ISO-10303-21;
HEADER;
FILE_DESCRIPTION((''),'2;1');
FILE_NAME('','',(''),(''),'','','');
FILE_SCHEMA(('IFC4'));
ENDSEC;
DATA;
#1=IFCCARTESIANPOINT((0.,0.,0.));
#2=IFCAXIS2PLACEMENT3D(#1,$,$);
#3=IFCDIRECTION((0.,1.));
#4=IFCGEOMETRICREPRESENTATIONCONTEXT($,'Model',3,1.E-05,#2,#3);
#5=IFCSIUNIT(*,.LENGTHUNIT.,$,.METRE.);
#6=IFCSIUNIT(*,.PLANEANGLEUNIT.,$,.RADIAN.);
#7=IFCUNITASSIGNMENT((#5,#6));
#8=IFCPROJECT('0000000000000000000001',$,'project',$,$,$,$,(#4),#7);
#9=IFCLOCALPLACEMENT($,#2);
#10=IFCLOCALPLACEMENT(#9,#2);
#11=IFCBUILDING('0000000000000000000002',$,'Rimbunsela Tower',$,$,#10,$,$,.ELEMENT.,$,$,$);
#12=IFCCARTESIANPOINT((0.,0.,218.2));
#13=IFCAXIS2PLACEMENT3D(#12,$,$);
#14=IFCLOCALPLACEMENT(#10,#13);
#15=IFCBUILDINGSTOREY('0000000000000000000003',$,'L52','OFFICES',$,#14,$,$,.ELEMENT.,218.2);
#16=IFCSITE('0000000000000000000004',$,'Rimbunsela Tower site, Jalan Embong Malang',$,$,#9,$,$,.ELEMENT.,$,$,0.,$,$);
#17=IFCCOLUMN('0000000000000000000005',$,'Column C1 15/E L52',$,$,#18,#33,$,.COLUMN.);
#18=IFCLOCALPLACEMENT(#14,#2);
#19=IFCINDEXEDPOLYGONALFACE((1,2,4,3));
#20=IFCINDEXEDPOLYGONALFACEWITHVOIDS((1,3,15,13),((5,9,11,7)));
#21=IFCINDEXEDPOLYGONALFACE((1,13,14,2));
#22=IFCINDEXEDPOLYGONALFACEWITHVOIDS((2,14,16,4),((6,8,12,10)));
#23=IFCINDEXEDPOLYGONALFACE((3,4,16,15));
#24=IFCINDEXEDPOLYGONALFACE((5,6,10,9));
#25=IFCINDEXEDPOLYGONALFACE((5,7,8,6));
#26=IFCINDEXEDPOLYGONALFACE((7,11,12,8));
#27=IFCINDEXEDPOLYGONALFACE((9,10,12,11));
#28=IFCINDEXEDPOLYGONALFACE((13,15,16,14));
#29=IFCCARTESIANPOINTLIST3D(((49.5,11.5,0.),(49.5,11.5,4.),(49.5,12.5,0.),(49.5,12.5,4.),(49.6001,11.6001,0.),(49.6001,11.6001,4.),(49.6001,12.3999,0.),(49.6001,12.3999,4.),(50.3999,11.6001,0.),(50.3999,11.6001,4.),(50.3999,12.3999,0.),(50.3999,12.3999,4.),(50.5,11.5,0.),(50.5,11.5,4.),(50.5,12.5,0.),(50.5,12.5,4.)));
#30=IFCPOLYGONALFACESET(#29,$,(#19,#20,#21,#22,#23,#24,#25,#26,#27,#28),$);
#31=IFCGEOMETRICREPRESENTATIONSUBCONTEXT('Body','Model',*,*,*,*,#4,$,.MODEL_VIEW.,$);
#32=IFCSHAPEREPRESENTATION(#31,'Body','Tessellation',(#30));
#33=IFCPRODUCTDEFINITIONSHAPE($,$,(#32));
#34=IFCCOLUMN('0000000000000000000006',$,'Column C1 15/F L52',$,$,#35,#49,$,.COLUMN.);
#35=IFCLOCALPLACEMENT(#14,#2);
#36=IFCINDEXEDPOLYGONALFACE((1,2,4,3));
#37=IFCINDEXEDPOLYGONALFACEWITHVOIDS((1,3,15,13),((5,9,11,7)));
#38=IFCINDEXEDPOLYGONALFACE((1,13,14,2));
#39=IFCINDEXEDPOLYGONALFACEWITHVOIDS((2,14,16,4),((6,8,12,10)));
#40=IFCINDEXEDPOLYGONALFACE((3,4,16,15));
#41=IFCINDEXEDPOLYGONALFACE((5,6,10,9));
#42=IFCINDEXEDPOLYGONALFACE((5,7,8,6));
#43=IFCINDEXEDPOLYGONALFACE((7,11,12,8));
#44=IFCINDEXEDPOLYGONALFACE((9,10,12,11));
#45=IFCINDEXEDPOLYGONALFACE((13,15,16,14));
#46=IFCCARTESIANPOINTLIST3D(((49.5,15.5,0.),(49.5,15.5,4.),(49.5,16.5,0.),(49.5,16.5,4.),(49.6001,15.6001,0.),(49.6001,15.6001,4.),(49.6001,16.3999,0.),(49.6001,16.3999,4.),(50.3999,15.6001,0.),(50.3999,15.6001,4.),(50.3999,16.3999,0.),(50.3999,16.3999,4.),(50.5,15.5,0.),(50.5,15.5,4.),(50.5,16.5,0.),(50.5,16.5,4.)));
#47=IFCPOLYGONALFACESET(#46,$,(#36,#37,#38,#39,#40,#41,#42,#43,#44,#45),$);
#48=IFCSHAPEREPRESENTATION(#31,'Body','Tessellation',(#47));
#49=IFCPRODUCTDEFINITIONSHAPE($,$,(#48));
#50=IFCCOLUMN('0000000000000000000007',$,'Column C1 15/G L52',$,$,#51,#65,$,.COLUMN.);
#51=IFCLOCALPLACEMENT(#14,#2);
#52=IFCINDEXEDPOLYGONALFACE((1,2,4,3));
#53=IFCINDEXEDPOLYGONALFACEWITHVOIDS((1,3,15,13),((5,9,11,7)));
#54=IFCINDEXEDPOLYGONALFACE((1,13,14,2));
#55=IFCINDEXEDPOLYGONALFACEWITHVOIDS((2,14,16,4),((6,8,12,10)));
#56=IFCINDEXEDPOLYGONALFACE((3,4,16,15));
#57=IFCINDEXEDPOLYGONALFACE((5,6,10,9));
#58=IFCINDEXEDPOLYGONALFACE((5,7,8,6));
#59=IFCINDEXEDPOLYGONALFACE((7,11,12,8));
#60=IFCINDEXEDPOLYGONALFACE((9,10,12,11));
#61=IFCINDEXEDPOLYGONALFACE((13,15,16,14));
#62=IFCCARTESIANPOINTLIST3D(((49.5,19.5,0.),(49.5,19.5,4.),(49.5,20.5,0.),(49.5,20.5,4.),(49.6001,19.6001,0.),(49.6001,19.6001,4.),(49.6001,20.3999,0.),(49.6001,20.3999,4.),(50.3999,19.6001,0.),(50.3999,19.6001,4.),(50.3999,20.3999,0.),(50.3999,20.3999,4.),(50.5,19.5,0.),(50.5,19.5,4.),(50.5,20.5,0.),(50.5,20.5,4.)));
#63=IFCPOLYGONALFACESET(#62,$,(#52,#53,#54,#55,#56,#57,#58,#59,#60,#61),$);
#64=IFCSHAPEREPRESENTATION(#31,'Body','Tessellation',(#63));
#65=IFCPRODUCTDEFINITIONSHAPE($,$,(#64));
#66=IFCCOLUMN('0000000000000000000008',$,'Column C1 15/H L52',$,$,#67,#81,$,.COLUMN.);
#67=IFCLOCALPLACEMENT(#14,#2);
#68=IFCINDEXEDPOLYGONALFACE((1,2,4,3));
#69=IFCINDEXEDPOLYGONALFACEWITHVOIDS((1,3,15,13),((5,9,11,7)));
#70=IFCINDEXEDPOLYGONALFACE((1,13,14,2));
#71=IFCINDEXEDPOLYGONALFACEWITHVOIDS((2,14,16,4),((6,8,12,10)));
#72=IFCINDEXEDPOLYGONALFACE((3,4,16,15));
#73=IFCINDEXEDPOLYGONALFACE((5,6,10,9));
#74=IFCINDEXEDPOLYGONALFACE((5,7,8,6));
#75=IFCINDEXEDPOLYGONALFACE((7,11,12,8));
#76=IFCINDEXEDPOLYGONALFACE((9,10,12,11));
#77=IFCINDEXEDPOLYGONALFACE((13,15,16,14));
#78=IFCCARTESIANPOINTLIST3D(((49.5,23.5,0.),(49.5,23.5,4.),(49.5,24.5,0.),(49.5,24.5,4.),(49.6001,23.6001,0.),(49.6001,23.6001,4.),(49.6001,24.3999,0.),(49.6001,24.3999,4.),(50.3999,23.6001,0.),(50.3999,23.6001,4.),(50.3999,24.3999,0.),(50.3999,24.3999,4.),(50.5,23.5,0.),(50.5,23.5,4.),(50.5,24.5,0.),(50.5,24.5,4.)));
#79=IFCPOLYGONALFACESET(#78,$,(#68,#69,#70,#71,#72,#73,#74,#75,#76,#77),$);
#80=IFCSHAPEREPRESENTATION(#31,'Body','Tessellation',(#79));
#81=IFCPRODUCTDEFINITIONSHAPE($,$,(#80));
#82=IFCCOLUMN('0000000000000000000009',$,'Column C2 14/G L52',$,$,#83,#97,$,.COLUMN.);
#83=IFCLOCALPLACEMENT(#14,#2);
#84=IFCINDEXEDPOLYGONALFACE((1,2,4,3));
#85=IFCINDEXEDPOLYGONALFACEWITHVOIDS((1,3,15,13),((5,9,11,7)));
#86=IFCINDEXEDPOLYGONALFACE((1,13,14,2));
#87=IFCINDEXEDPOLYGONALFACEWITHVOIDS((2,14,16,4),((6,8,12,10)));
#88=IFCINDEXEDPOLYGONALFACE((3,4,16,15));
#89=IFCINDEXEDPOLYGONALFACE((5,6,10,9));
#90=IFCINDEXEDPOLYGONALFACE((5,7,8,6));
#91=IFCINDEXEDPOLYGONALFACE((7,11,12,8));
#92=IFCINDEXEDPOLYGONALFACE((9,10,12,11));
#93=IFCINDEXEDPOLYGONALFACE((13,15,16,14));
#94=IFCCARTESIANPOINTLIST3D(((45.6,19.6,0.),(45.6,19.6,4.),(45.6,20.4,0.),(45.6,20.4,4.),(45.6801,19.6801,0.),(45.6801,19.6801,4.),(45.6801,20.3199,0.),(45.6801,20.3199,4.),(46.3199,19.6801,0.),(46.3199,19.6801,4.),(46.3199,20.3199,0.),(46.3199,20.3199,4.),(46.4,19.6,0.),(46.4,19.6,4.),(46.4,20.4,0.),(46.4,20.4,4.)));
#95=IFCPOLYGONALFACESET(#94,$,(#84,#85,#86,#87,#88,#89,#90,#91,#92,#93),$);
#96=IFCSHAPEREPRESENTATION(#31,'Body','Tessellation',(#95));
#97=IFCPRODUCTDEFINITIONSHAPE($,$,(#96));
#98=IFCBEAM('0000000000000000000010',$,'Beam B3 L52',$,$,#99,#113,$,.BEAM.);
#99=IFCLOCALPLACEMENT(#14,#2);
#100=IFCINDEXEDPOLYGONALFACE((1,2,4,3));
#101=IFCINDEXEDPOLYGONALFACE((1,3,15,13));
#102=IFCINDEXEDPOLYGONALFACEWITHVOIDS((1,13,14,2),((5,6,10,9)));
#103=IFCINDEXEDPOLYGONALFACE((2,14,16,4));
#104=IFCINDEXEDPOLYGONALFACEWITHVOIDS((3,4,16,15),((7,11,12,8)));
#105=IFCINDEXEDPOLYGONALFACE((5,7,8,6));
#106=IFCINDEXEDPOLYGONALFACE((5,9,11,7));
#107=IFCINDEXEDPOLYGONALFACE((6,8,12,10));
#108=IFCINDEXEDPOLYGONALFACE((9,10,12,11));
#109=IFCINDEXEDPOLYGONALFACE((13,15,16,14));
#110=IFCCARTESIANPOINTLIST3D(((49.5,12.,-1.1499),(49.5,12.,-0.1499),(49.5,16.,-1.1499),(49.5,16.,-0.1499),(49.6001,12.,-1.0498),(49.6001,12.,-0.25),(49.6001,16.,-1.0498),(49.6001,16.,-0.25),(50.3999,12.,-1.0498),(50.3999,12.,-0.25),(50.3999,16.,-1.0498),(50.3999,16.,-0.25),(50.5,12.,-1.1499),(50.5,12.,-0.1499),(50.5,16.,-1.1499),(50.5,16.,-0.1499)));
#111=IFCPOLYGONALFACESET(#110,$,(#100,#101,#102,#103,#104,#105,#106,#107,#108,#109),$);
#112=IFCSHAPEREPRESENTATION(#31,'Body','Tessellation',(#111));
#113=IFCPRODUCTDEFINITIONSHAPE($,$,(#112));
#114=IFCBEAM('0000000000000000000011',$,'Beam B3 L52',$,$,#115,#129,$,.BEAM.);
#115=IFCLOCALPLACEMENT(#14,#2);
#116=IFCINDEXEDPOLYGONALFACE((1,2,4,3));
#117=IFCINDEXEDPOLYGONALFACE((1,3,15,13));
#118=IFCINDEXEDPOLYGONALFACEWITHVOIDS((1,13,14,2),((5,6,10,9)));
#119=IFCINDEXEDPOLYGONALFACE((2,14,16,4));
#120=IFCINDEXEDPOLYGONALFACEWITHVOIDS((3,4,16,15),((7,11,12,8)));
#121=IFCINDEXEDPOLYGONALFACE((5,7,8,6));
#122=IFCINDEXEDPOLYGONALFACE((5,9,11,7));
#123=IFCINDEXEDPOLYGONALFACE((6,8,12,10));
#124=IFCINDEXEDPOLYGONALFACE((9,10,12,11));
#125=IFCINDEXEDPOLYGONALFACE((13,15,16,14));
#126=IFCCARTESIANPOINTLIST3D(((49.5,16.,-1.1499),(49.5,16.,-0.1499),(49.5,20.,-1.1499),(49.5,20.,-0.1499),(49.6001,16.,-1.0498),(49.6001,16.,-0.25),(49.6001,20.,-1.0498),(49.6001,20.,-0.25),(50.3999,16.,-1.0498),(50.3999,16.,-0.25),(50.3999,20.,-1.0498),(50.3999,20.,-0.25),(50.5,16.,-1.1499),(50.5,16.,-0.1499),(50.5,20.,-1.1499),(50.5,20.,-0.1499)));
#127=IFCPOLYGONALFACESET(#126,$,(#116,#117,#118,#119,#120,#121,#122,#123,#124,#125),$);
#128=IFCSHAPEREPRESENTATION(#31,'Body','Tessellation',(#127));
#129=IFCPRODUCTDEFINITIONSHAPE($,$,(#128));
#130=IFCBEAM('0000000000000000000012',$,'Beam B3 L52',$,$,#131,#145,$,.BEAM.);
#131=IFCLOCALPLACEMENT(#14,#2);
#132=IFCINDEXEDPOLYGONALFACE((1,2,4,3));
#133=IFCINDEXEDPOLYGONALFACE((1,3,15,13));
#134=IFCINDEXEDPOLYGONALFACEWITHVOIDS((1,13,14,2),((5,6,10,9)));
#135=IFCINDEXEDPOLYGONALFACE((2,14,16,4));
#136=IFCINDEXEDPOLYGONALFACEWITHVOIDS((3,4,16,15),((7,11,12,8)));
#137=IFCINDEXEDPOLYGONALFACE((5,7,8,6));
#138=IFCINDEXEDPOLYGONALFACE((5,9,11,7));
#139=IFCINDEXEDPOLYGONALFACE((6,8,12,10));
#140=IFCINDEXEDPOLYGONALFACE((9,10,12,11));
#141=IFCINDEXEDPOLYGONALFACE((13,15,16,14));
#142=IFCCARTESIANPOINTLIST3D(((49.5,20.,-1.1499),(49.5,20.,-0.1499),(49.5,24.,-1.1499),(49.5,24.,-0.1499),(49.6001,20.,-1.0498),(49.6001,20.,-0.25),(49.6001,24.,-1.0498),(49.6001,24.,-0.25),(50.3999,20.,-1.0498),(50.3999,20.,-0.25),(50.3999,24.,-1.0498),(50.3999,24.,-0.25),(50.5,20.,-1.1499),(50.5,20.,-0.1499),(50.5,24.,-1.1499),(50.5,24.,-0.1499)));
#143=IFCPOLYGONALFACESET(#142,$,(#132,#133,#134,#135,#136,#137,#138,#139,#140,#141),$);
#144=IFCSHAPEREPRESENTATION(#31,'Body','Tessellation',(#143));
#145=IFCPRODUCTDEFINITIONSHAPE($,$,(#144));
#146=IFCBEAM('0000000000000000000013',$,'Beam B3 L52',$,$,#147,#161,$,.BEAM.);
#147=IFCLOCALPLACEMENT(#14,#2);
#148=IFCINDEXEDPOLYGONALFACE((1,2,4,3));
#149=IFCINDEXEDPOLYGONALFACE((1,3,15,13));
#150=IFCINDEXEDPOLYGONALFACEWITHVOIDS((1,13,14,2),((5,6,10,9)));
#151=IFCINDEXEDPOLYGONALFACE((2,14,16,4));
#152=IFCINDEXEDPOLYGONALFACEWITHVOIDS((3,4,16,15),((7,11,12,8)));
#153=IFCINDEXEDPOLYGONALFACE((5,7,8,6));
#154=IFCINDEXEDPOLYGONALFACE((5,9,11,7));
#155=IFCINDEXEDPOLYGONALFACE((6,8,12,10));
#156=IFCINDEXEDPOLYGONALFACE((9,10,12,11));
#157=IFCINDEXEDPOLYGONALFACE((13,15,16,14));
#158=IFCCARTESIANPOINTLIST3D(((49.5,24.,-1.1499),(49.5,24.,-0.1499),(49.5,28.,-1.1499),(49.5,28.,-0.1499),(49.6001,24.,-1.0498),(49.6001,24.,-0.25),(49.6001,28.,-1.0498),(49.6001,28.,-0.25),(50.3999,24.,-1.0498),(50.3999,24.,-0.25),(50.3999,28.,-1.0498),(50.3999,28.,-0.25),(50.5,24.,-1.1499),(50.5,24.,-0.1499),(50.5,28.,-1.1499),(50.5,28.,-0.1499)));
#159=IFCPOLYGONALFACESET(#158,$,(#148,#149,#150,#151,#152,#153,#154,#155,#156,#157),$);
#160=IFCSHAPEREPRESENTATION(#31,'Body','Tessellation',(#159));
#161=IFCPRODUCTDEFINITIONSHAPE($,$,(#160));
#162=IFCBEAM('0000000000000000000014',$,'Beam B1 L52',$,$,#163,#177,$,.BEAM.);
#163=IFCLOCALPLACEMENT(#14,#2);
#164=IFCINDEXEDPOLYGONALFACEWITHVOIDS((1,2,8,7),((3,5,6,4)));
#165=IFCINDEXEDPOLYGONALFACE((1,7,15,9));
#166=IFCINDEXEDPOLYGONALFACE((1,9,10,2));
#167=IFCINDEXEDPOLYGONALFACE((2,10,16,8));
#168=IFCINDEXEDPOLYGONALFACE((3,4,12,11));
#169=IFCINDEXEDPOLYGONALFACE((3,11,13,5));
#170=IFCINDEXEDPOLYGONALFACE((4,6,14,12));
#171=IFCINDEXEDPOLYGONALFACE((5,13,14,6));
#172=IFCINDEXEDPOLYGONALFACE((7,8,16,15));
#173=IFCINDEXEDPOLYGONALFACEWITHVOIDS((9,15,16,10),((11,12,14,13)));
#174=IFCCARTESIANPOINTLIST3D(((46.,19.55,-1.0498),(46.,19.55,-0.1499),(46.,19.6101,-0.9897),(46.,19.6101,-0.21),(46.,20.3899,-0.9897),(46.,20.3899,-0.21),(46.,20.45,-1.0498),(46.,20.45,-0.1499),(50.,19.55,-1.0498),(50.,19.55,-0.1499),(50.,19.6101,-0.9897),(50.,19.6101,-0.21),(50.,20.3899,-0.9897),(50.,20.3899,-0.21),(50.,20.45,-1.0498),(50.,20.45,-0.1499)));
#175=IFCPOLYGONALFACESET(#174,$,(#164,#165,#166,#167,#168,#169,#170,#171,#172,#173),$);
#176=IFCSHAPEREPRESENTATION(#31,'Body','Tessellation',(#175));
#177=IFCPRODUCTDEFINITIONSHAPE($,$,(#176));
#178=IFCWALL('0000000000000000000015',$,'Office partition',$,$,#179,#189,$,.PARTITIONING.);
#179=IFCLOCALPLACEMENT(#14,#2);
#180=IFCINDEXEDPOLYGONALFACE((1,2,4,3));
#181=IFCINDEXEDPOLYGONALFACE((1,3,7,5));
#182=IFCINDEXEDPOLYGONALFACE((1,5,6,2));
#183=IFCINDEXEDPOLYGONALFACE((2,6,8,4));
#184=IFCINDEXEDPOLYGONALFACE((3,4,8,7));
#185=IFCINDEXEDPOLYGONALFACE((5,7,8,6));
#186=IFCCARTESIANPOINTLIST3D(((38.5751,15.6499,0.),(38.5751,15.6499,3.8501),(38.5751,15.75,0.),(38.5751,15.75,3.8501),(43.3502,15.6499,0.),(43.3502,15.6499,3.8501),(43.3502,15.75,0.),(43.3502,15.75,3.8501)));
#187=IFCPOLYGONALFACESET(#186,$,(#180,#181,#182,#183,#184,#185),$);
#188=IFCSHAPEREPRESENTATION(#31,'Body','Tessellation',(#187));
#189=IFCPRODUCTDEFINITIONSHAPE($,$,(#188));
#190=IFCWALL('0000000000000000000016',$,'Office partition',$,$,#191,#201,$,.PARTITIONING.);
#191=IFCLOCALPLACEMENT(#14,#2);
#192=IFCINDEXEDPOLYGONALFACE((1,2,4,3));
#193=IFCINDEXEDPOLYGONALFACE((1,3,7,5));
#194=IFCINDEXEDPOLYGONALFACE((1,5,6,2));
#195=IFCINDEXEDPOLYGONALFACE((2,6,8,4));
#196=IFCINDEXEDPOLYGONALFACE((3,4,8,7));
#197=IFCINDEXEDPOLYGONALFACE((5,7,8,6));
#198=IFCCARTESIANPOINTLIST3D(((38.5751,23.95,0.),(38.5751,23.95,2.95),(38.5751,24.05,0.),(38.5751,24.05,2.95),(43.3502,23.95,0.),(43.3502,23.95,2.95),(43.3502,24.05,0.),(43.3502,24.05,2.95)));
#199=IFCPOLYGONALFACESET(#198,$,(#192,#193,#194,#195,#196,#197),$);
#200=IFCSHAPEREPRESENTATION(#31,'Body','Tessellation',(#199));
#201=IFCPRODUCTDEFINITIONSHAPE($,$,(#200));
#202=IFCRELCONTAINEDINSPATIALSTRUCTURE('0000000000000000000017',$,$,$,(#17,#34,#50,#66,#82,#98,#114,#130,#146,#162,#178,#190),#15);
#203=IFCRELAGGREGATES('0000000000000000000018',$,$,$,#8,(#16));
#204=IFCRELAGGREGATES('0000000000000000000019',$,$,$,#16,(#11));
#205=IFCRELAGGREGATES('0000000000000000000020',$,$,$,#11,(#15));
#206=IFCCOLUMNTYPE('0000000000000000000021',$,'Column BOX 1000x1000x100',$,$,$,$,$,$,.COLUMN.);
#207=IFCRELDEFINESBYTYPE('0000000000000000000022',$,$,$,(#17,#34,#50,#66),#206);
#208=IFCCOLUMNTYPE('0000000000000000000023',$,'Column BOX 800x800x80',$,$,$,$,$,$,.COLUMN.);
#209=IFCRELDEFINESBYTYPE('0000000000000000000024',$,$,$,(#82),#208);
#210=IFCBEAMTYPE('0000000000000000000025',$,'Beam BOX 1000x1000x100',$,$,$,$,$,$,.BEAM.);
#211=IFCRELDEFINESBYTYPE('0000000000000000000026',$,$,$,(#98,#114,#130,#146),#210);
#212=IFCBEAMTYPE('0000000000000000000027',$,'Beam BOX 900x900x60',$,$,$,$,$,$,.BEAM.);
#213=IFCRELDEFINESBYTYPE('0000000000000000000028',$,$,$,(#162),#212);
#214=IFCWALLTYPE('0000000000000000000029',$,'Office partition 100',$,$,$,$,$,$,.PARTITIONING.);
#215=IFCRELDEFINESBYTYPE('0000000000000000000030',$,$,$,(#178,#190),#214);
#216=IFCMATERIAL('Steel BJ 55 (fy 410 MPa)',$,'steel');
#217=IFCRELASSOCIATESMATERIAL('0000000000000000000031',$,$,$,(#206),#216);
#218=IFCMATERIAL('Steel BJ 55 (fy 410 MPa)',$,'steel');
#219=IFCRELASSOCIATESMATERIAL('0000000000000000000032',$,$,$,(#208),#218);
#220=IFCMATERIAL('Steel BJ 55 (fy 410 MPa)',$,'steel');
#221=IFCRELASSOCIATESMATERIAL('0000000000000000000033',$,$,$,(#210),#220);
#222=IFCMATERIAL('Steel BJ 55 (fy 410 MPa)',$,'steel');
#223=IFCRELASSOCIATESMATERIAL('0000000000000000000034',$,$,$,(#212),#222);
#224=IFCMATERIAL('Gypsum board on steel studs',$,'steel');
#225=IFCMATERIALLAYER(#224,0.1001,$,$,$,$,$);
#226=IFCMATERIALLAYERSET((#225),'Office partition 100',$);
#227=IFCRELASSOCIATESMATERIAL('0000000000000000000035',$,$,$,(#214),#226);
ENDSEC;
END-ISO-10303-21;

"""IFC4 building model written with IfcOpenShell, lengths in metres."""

from ifc_helpers import new_model, si_unit, direction, frame, frame_2d, origin, origin_2d, place, context, subcontext, project, spatial, rectangle, hollow_rectangle, extrude, material, layer, layer_set, material_profile, profile_set, type_object, element, save


model = new_model("IFC4")

# Units and contexts
model_context = context("Model", 3, precision=1e-05, world=origin(), true_north=direction((0.0, 1.0)))
body_context = subcontext(model_context, "Body", "Model", "MODEL_VIEW")
ifc_project = project(units=[si_unit("LENGTHUNIT", "METRE"), si_unit("PLANEANGLEUNIT", "RADIAN")], contexts=[model_context])

# Site, building, storey
site_placement = place(None, origin())
site = spatial("IfcSite", under=ifc_project, at=site_placement, Name="Rimbunsela Tower site, Jalan Embong Malang", CompositionType="ELEMENT", RefElevation=0.0)
building_placement = place(site_placement, origin())
building = spatial("IfcBuilding", under=site, at=building_placement, Name="Rimbunsela Tower", CompositionType="ELEMENT")
storey_placement = place(building_placement, frame((0.0, 0.0, 218.2)))
storey = spatial("IfcBuildingStorey", under=building, at=storey_placement, Name="L52", Description="OFFICES", CompositionType="ELEMENT", Elevation=218.2)

# Columns
ifc_material_1 = material(Name="Steel BJ 55 (fy 410 MPa)", Category="steel")
ifc_material_profile_1 = material_profile(ifc_material_1, hollow_rectangle(XDim=1.0, YDim=1.0, WallThickness=0.1001, at=origin_2d()), Name="BOX 1000x1000x100")
ifc_profile_set_1 = profile_set([ifc_material_profile_1], Name="Steel BJ 55 (fy 410 MPa)")
column_type_1 = type_object("IfcColumnType", Name="Column BOX 1000x1000x100", PredefinedType="COLUMN", material=ifc_profile_set_1)
for number, where, z_axis, x_axis, name in (
    (1, (50.0, 12.0, 0.0), (0.0, 0.0, 1.0), (1.0, 0.0, 0.0), "Column C1 15/E L52"),
    (2, (50.0, 16.0, 0.0), (0.0, 0.0, 1.0), (1.0, 0.0, 0.0), "Column C1 15/F L52"),
    (3, (50.0, 20.0, 0.0), (0.0, 0.0, 1.0), (1.0, 0.0, 0.0), "Column C1 15/G L52"),
    (4, (50.0, 24.0, 0.0), (0.0, 0.0, 1.0), (1.0, 0.0, 0.0), "Column C1 15/H L52"),
):
    element("IfcColumn", number, at=place(storey_placement, frame(where, z_axis=z_axis, x_axis=x_axis)), inside=storey, type_object=column_type_1, Name=name, PredefinedType="COLUMN", context=body_context, shape_type="SweptSolid", body=[
        extrude(hollow_rectangle(XDim=1.0, YDim=1.0, WallThickness=0.1001, at=origin_2d()), origin(), (0.0, 0.0, 1.0), 4.0),
    ])
ifc_material_2 = material(Name="Steel BJ 55 (fy 410 MPa)", Category="steel")
ifc_material_profile_2 = material_profile(ifc_material_2, hollow_rectangle(XDim=0.8, YDim=0.8, WallThickness=0.0801, at=origin_2d()), Name="BOX 800x800x80")
ifc_profile_set_2 = profile_set([ifc_material_profile_2], Name="Steel BJ 55 (fy 410 MPa)")
column_type_2 = type_object("IfcColumnType", Name="Column BOX 800x800x80", PredefinedType="COLUMN", material=ifc_profile_set_2)
column_placement = place(storey_placement, frame((46.0, 20.0, 0.0), z_axis=(0.0, 0.0, 1.0), x_axis=(1.0, 0.0, 0.0)))
element("IfcColumn", 5, at=column_placement, inside=storey, type_object=column_type_2, Name="Column C2 14/G L52", PredefinedType="COLUMN", context=body_context, shape_type="SweptSolid", body=[
    extrude(hollow_rectangle(XDim=0.8, YDim=0.8, WallThickness=0.0801, at=origin_2d()), origin(), (0.0, 0.0, 1.0), 4.0),
])

# Beams
ifc_material_3 = material(Name="Steel BJ 55 (fy 410 MPa)", Category="steel")
ifc_material_profile_3 = material_profile(ifc_material_3, hollow_rectangle(XDim=1.0, YDim=1.0, WallThickness=0.1001, at=origin_2d()), Name="BOX 1000x1000x100")
ifc_profile_set_3 = profile_set([ifc_material_profile_3], Name="Steel BJ 55 (fy 410 MPa)")
beam_type_1 = type_object("IfcBeamType", Name="Beam BOX 1000x1000x100", PredefinedType="BEAM", material=ifc_profile_set_3)
for number, where, z_axis, x_axis, name in (
    (6, (50.0, 12.0, -0.6499), (0.0, 1.0, 0.0), (-1.0, 0.0, 0.0), "Beam B3 L52"),
    (7, (50.0, 16.0, -0.6499), (0.0, 1.0, 0.0), (-1.0, 0.0, 0.0), "Beam B3 L52"),
    (8, (50.0, 20.0, -0.6499), (0.0, 1.0, 0.0), (-1.0, 0.0, 0.0), "Beam B3 L52"),
    (9, (50.0, 24.0, -0.6499), (0.0, 1.0, 0.0), (-1.0, 0.0, 0.0), "Beam B3 L52"),
):
    element("IfcBeam", number, at=place(storey_placement, frame(where, z_axis=z_axis, x_axis=x_axis)), inside=storey, type_object=beam_type_1, Name=name, PredefinedType="BEAM", context=body_context, shape_type="SweptSolid", body=[
        extrude(hollow_rectangle(XDim=1.0, YDim=1.0, WallThickness=0.1001, at=origin_2d()), origin(), (0.0, 0.0, 1.0), 4.0),
    ])
ifc_material_4 = material(Name="Steel BJ 55 (fy 410 MPa)", Category="steel")
ifc_material_profile_4 = material_profile(ifc_material_4, hollow_rectangle(XDim=0.8999, YDim=0.8999, WallThickness=0.0601, at=origin_2d()), Name="BOX 900x900x60")
ifc_profile_set_4 = profile_set([ifc_material_profile_4], Name="Steel BJ 55 (fy 410 MPa)")
beam_type_2 = type_object("IfcBeamType", Name="Beam BOX 900x900x60", PredefinedType="BEAM", material=ifc_profile_set_4)
beam_placement = place(storey_placement, frame((46.0, 20.0, -0.5999), z_axis=(1.0, 0.0, 0.0), x_axis=(0.0, 1.0, 0.0)))
element("IfcBeam", 10, at=beam_placement, inside=storey, type_object=beam_type_2, Name="Beam B1 L52", PredefinedType="BEAM", context=body_context, shape_type="SweptSolid", body=[
    extrude(hollow_rectangle(XDim=0.8999, YDim=0.8999, WallThickness=0.0601, at=origin_2d()), origin(), (0.0, 0.0, 1.0), 4.0),
])

# Walls
ifc_material_5 = material(Name="Gypsum board on steel studs", Category="steel")
ifc_layer_1 = layer(ifc_material_5, 0.1001)
ifc_layer_set_1 = layer_set([ifc_layer_1], Name="Office partition 100")
wall_type_1 = type_object("IfcWallType", Name="Office partition 100", PredefinedType="PARTITIONING", material=ifc_layer_set_1)
wall_1_placement = place(storey_placement, frame((38.575, 15.7, 0.0), z_axis=(0.0, 0.0, 1.0), x_axis=(1.0, 0.0, 0.0)))
element("IfcWall", 11, at=wall_1_placement, inside=storey, type_object=wall_type_1, Name="Office partition", PredefinedType="PARTITIONING", context=body_context, shape_type="SweptSolid", body=[
    extrude(rectangle(XDim=4.7751, YDim=0.1001, at=frame_2d((2.3877, 0.0))), origin(), (0.0, 0.0, 1.0), 3.8501),
])
wall_2_placement = place(storey_placement, frame((38.575, 24.0, 0.0), z_axis=(0.0, 0.0, 1.0), x_axis=(1.0, 0.0, 0.0)))
element("IfcWall", 12, at=wall_2_placement, inside=storey, type_object=wall_type_1, Name="Office partition", PredefinedType="PARTITIONING", context=body_context, shape_type="SweptSolid", body=[
    extrude(rectangle(XDim=4.7751, YDim=0.1001, at=frame_2d((2.3877, 0.0))), origin(), (0.0, 0.0, 1.0), 2.95),
])

save(model, "model.ifc")
